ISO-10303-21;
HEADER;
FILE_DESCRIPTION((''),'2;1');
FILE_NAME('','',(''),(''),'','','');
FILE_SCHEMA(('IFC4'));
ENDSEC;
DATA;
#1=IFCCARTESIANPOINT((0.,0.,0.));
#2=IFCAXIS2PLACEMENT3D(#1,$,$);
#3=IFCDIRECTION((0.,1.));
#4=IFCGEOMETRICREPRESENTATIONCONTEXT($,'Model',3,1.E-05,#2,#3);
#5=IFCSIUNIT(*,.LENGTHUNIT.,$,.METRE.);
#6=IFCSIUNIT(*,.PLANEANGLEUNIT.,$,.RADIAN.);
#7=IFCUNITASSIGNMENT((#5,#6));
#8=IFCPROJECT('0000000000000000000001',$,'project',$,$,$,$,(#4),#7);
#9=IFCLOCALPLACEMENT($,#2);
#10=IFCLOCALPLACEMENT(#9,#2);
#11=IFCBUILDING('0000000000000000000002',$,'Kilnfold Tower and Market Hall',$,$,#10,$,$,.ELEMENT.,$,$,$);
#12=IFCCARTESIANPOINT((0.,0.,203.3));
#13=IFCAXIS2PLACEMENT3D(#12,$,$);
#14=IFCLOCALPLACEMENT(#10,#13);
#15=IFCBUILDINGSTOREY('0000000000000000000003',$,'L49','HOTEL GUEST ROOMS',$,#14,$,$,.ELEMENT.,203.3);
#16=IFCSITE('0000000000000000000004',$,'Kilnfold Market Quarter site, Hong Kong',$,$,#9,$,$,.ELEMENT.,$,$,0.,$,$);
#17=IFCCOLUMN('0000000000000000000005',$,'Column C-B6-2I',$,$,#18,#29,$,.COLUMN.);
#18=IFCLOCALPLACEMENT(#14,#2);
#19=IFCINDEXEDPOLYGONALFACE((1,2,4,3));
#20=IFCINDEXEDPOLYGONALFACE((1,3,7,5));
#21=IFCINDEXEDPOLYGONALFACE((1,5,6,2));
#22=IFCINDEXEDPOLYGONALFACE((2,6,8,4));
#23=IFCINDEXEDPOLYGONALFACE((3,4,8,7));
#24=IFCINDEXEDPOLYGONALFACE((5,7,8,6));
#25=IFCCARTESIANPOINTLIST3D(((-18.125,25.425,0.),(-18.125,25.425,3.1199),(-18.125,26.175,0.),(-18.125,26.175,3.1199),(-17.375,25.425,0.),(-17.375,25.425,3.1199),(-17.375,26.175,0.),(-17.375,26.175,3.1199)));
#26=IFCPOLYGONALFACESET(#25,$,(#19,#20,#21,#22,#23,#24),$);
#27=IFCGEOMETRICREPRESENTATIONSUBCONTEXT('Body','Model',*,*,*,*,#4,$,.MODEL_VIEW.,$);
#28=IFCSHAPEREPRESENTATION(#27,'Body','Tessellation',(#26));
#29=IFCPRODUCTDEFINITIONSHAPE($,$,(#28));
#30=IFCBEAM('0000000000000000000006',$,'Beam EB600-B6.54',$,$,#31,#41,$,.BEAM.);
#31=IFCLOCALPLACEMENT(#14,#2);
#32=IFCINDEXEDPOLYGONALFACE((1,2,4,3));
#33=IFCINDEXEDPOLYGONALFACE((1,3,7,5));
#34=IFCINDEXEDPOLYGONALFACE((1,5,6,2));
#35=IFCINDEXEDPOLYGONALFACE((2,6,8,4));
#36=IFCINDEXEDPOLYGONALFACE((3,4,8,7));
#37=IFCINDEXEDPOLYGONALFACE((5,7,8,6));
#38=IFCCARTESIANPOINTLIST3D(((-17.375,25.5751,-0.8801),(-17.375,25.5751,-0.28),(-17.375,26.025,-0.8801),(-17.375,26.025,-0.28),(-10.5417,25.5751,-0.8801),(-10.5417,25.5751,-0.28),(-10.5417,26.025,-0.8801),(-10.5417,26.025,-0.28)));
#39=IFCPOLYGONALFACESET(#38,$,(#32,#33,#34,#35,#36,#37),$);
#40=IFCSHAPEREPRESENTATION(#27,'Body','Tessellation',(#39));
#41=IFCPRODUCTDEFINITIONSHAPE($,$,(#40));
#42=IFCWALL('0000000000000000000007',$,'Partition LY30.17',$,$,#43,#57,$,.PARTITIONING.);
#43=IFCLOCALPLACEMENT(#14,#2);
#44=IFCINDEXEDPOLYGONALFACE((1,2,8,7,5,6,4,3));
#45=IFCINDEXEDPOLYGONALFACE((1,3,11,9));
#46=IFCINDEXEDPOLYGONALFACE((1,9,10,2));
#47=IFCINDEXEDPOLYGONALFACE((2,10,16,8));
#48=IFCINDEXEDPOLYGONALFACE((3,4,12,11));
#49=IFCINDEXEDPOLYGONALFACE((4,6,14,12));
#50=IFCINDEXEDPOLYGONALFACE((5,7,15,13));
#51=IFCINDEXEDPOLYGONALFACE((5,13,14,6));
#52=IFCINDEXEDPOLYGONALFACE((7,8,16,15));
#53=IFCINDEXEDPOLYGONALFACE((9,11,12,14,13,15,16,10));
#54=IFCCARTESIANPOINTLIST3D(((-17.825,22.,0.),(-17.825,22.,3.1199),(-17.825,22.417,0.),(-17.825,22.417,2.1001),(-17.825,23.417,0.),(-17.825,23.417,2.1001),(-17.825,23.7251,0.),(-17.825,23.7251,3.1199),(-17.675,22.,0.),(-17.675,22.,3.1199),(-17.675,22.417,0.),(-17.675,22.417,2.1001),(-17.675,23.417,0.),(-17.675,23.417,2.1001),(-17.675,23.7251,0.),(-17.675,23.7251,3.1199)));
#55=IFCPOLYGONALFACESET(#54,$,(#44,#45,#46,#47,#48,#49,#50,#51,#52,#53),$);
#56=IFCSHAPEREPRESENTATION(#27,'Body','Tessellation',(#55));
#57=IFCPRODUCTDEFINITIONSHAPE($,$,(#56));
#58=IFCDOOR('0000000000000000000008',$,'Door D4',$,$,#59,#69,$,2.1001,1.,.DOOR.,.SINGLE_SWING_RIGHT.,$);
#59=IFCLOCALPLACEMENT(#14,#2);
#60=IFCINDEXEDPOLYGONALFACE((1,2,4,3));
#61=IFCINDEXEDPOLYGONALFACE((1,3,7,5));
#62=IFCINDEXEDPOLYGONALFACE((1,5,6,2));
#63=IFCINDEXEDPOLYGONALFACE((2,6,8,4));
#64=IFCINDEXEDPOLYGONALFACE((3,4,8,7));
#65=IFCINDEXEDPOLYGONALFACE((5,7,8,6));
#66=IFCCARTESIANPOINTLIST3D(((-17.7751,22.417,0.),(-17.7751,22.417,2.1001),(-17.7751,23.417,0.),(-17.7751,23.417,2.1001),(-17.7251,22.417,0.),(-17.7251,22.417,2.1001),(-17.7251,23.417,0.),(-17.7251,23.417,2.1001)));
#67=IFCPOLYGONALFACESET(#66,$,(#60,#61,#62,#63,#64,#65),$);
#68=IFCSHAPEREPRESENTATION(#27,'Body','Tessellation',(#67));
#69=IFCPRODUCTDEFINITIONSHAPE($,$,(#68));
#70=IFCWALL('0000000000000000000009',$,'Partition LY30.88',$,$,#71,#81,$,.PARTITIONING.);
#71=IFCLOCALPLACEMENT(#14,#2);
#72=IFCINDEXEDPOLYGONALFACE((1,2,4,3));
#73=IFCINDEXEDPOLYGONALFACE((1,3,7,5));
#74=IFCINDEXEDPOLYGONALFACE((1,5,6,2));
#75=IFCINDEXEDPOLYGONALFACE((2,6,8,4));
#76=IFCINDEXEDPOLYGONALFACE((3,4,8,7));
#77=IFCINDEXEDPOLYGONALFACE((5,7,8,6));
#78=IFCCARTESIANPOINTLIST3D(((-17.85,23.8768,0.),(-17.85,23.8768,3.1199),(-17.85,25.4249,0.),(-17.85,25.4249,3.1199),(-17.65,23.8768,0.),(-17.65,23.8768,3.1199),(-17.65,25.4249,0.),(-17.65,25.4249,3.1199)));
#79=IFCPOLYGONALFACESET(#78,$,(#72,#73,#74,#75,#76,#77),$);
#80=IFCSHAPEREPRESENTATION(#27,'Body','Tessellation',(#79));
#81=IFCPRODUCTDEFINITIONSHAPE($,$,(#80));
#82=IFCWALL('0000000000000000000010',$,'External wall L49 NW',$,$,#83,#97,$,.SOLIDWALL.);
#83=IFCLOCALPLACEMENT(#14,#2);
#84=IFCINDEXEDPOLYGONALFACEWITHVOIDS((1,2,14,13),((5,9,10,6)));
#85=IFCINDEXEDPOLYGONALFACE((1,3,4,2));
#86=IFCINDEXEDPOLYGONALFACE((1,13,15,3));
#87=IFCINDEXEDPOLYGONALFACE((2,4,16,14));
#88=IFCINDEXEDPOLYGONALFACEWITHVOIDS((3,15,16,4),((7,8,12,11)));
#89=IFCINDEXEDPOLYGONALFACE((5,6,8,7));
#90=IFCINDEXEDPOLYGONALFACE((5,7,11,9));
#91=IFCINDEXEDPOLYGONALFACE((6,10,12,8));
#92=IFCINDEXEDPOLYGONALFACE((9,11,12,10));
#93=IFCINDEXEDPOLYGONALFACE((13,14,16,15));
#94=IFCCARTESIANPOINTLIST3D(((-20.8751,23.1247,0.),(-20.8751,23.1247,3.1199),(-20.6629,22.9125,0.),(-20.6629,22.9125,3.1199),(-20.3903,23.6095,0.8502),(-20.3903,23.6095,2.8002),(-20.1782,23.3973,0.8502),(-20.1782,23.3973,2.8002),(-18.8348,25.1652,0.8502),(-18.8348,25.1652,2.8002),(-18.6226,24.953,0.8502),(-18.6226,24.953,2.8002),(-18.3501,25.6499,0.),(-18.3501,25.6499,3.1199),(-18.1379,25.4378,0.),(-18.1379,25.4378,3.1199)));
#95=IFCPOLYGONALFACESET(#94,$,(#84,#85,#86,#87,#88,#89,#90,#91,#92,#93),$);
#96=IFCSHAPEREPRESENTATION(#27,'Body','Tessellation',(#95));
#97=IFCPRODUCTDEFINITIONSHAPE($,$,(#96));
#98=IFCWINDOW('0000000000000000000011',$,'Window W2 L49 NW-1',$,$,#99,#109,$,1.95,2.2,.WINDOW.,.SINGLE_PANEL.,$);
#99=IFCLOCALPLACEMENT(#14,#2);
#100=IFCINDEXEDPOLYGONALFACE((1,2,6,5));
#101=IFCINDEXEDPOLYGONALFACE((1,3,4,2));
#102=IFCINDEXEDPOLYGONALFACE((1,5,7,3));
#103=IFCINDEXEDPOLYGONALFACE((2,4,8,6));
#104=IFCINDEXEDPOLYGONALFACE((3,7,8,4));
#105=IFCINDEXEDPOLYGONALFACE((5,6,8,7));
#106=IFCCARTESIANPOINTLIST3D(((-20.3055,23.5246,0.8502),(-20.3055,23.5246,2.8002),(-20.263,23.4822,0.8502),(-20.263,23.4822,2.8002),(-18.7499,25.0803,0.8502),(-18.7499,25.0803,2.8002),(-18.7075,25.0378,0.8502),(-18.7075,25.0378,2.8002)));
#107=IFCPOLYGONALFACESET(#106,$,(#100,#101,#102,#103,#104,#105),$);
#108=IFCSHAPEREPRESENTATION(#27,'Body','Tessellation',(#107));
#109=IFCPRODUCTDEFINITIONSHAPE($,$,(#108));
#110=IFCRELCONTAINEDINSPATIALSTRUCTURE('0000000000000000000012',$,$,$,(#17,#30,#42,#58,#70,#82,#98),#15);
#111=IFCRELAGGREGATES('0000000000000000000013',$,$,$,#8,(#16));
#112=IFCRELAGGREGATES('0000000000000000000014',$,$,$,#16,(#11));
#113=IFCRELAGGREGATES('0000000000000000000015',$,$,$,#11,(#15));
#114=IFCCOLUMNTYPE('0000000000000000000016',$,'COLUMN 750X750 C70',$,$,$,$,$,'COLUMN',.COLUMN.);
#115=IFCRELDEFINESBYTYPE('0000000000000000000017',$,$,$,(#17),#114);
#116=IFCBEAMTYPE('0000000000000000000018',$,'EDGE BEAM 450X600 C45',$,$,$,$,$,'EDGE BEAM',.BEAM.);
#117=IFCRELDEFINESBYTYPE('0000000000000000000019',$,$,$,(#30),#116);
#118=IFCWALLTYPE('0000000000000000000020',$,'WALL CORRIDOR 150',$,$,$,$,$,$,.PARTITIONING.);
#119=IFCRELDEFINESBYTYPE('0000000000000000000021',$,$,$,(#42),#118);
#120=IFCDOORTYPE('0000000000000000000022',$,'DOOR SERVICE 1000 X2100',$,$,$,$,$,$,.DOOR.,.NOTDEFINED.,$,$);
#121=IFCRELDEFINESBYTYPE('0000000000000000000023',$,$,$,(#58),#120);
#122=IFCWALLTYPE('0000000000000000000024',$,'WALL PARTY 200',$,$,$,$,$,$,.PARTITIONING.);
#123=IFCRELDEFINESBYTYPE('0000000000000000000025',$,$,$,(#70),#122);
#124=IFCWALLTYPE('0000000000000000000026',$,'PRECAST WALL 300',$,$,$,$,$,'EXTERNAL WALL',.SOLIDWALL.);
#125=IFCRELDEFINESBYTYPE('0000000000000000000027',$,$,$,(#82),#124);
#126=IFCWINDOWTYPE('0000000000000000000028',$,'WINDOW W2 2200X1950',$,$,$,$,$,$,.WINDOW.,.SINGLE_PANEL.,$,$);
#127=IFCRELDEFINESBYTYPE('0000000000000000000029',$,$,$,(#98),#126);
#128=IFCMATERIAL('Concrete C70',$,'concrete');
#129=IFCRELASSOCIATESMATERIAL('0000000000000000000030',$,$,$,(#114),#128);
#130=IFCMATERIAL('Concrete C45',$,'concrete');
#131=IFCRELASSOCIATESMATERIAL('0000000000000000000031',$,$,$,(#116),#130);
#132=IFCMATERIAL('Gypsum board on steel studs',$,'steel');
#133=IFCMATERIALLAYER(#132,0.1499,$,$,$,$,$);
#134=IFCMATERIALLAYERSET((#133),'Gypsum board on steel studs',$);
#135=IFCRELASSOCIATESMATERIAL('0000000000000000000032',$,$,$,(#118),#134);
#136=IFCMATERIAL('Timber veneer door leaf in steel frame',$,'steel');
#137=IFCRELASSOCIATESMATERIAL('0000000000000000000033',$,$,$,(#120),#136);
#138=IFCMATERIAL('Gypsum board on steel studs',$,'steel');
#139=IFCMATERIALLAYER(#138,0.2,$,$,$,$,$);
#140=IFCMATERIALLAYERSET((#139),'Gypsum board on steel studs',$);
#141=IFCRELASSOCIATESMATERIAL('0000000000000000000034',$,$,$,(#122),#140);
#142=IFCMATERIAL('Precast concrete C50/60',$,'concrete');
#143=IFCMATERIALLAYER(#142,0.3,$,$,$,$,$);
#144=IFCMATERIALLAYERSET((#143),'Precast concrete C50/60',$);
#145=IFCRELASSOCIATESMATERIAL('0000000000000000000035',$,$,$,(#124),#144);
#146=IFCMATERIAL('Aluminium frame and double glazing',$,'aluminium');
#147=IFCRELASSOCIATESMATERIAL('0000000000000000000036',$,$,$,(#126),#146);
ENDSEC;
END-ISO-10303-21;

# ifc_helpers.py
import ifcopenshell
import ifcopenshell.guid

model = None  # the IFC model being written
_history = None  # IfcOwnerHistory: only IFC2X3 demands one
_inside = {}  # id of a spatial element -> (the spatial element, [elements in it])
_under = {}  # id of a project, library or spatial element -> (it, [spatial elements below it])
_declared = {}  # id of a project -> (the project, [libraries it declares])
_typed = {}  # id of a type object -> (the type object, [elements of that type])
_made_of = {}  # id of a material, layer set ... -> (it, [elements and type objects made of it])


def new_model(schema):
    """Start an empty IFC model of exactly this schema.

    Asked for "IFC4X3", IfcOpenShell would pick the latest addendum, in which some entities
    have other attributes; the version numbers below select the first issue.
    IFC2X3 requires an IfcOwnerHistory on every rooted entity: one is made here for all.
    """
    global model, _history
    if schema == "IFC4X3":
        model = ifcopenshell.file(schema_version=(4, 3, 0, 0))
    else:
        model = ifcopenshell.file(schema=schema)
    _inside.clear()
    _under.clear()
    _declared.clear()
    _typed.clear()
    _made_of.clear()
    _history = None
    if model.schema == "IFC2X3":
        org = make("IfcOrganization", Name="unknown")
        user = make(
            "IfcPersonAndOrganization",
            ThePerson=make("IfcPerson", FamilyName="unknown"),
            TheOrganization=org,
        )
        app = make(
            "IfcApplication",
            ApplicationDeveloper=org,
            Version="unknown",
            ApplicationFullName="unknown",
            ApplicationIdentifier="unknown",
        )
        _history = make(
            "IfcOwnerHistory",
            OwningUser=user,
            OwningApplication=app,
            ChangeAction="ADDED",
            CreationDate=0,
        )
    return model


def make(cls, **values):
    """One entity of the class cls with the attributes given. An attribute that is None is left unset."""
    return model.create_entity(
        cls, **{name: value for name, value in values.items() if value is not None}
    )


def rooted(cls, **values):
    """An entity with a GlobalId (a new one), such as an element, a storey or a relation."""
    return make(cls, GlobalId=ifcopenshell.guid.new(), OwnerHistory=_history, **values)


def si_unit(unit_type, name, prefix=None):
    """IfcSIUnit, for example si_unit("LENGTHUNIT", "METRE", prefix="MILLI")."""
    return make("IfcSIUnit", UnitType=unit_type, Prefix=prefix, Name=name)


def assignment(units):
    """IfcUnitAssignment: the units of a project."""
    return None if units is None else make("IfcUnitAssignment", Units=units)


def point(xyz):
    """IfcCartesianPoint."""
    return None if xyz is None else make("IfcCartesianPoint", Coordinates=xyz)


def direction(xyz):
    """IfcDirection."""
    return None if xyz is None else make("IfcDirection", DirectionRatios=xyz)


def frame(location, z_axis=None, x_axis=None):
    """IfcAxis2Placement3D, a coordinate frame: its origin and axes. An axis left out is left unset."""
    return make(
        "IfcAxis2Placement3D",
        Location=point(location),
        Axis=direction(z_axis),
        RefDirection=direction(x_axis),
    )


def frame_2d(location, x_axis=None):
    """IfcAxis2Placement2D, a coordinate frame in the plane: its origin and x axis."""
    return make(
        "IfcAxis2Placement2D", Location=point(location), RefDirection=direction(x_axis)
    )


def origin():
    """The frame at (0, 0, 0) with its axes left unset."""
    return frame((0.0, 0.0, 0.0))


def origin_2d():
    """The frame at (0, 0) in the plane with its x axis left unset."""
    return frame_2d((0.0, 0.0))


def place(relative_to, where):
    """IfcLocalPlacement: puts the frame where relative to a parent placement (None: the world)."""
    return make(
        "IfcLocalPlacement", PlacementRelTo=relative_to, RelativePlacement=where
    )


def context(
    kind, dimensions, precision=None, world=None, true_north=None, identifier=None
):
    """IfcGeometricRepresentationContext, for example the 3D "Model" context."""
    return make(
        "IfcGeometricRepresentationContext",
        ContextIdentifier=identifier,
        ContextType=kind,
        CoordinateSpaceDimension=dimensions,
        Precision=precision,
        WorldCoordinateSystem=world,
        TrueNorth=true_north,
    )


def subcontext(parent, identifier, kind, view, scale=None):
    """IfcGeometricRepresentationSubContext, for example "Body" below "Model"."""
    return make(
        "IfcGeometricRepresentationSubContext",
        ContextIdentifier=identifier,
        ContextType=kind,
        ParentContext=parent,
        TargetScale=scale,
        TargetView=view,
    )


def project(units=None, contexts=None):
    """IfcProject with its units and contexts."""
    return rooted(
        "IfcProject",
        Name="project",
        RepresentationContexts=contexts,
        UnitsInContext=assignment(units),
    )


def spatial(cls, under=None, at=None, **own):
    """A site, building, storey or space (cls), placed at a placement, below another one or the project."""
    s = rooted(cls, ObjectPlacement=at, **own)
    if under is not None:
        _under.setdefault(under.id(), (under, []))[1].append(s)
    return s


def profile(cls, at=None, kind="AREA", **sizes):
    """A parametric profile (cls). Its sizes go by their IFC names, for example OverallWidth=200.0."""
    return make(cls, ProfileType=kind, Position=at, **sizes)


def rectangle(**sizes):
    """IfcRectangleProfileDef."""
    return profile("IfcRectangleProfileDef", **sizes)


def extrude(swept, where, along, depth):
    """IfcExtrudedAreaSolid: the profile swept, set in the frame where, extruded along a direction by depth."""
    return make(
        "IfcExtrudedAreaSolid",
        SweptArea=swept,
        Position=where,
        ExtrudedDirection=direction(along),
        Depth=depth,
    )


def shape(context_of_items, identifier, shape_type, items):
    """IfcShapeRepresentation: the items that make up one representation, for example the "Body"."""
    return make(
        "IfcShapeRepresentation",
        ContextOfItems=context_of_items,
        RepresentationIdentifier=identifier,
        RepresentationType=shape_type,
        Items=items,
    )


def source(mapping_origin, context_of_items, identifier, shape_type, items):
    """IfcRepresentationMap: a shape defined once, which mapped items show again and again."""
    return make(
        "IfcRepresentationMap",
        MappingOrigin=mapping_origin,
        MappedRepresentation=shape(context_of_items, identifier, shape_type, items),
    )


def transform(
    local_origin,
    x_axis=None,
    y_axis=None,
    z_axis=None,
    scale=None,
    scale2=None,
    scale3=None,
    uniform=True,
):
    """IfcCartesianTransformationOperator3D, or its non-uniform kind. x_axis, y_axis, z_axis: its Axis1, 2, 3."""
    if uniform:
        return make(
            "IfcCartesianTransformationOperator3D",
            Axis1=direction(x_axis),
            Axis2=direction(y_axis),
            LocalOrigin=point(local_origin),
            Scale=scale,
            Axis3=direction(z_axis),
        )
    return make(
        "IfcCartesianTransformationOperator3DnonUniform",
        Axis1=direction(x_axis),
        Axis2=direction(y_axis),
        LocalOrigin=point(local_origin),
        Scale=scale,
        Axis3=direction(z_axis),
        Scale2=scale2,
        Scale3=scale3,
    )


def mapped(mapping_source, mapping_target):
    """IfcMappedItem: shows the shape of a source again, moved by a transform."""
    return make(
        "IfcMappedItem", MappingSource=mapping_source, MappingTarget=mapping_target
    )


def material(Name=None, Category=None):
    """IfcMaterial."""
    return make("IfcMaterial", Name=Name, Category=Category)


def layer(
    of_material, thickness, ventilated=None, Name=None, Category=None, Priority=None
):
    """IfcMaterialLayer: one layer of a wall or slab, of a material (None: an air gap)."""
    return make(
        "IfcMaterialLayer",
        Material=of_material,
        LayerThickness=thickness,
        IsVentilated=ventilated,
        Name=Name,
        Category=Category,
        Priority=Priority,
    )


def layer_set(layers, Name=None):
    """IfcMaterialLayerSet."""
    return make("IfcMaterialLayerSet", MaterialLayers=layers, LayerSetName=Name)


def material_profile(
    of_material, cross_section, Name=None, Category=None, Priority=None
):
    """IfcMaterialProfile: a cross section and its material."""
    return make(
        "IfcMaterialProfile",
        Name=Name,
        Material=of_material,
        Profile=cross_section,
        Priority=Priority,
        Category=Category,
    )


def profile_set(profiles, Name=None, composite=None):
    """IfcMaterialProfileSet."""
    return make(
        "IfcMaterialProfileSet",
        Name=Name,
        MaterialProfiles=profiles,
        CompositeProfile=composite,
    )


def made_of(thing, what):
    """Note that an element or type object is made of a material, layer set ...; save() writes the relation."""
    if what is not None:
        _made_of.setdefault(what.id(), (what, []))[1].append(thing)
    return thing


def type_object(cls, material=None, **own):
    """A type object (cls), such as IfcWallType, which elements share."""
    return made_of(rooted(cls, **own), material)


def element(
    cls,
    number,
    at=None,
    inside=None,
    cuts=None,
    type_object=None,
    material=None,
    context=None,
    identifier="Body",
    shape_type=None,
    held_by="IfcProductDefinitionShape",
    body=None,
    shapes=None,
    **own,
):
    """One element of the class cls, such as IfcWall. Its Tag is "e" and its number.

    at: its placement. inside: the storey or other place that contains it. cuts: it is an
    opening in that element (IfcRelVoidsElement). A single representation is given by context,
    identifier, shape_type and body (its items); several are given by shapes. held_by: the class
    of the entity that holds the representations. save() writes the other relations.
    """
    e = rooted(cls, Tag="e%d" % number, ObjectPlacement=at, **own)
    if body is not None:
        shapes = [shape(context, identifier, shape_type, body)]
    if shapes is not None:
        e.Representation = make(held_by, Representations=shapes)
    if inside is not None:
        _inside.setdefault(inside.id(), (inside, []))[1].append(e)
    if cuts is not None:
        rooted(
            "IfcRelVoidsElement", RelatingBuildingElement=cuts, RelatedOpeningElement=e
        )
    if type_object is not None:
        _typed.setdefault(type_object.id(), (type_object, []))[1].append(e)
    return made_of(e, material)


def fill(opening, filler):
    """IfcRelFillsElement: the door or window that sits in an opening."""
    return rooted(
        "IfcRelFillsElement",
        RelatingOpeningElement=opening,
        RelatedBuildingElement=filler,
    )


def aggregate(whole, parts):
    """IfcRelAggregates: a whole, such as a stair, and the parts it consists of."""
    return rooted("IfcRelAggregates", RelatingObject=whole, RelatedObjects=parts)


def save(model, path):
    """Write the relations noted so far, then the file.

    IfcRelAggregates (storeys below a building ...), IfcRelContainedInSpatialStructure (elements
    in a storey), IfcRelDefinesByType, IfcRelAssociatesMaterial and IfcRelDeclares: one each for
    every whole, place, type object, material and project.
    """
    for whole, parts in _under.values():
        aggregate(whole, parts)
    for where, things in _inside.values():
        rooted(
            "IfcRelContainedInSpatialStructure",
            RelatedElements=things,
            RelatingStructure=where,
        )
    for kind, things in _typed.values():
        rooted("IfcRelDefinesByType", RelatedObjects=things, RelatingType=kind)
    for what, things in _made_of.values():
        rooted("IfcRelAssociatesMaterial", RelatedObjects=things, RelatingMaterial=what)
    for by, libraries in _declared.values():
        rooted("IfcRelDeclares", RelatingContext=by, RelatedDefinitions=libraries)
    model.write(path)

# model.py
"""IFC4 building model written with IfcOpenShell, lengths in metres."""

from ifc_helpers import new_model, si_unit, direction, frame, frame_2d, origin, origin_2d, place, context, subcontext, project, spatial, rectangle, extrude, source, transform, mapped, material, layer, layer_set, material_profile, profile_set, type_object, element, fill, save


model = new_model("IFC4")

# Units and contexts
model_context = context("Model", 3, precision=1e-05, world=origin(), true_north=direction((0.0, 1.0)))
body_context = subcontext(model_context, "Body", "Model", "MODEL_VIEW")
ifc_project = project(units=[si_unit("LENGTHUNIT", "METRE"), si_unit("PLANEANGLEUNIT", "RADIAN")], contexts=[model_context])

# Site, building, storey
site_placement = place(None, origin())
site = spatial("IfcSite", under=ifc_project, at=site_placement, Name="Kilnfold Market Quarter site, Hong Kong", CompositionType="ELEMENT", RefElevation=0.0)
building_placement = place(site_placement, origin())
building = spatial("IfcBuilding", under=site, at=building_placement, Name="Kilnfold Tower and Market Hall", CompositionType="ELEMENT")
storey_placement = place(building_placement, frame((0.0, 0.0, 203.3)))
storey = spatial("IfcBuildingStorey", under=building, at=storey_placement, Name="L49", Description="HOTEL GUEST ROOMS", CompositionType="ELEMENT", Elevation=203.3)

# Column
ifc_material_1 = material(Name="Concrete C70", Category="concrete")
ifc_material_profile_1 = material_profile(ifc_material_1, rectangle(XDim=0.75, YDim=0.75, at=origin_2d()), Name="RC 750x750")
ifc_profile_set_1 = profile_set([ifc_material_profile_1], Name="Concrete C70")
column_type = type_object("IfcColumnType", Name="COLUMN 750X750 C70", ElementType="COLUMN", PredefinedType="COLUMN", material=ifc_profile_set_1)
shared_shape_1 = source(origin(), body_context, "Body", "SweptSolid", [
    extrude(rectangle(XDim=0.75, YDim=0.75, at=origin_2d()), origin(), (0.0, 0.0, 1.0), 3.1199),
])
column_placement = place(storey_placement, frame((-17.75, 25.8, 0.0), z_axis=(0.0, 0.0, 1.0), x_axis=(1.0, 0.0, 0.0)))
element("IfcColumn", 1, at=column_placement, inside=storey, type_object=column_type, Name="Column C-B6-2I", PredefinedType="COLUMN", context=body_context, shape_type="MappedRepresentation", body=[
    mapped(shared_shape_1, transform((0.0, 0.0, 0.0))),
])

# Beam
ifc_material_2 = material(Name="Concrete C45", Category="concrete")
ifc_material_profile_2 = material_profile(ifc_material_2, rectangle(XDim=0.45, YDim=0.6001, at=origin_2d()), Name="RC 450x600")
ifc_profile_set_2 = profile_set([ifc_material_profile_2], Name="Concrete C45")
beam_type = type_object("IfcBeamType", Name="EDGE BEAM 450X600 C45", ElementType="EDGE BEAM", PredefinedType="BEAM", material=ifc_profile_set_2)
shared_shape_2 = source(origin(), body_context, "Body", "SweptSolid", [
    extrude(rectangle(XDim=0.45, YDim=0.6001, at=origin_2d()), origin(), (0.0, 0.0, 1.0), 6.8333),
])
beam_placement = place(storey_placement, frame((-17.375, 25.8, -0.5801), z_axis=(1.0, 0.0, 0.0), x_axis=(0.0, 1.0, 0.0)))
element("IfcBeam", 2, at=beam_placement, inside=storey, type_object=beam_type, Name="Beam EB600-B6.54", PredefinedType="BEAM", context=body_context, shape_type="MappedRepresentation", body=[
    mapped(shared_shape_2, transform((0.0, 0.0, 0.0))),
])

# Wall, opening, door
ifc_material_3 = material(Name="Gypsum board on steel studs", Category="steel")
ifc_layer_1 = layer(ifc_material_3, 0.1499)
ifc_layer_set_1 = layer_set([ifc_layer_1], Name="Gypsum board on steel studs")
wall_type_1 = type_object("IfcWallType", Name="WALL CORRIDOR 150", PredefinedType="PARTITIONING", material=ifc_layer_set_1)
wall_1_placement = place(storey_placement, frame((-17.75, 23.7251, 0.0), z_axis=(0.0, 0.0, 1.0), x_axis=(0.0, -1.0, 0.0)))
wall_1 = element("IfcWall", 3, at=wall_1_placement, inside=storey, type_object=wall_type_1, Name="Partition LY30.17", PredefinedType="PARTITIONING", context=body_context, shape_type="SweptSolid", body=[
    extrude(rectangle(XDim=1.7251, YDim=0.1499, at=frame_2d((0.8625, 0.0))), origin(), (0.0, 0.0, 1.0), 3.1199),
])
opening_1_placement = place(wall_1_placement, frame((0.3081, 0.0, 0.0)))
opening_1 = element("IfcOpeningElement", 4, at=opening_1_placement, cuts=wall_1, PredefinedType="OPENING", context=body_context, shape_type="SweptSolid", body=[
    extrude(rectangle(XDim=1.0, YDim=2.1001, at=frame_2d((0.5, 1.05))), frame((0.0, 0.085, 0.0), z_axis=(0.0, -1.0, 0.0), x_axis=(1.0, 0.0, 0.0)), (0.0, 0.0, 1.0), 0.1699),
])
ifc_material_4 = material(Name="Timber veneer door leaf in steel frame", Category="steel")
door_type_1 = type_object("IfcDoorType", Name="DOOR SERVICE 1000 X2100", OperationType="NOTDEFINED", PredefinedType="DOOR", material=ifc_material_4)
door_1_placement = place(opening_1_placement, origin())
door_1 = element("IfcDoor", 5, at=door_1_placement, inside=storey, type_object=door_type_1, Name="Door D4", OperationType="SINGLE_SWING_RIGHT", OverallHeight=2.1001, OverallWidth=1.0, PredefinedType="DOOR", context=body_context, shape_type="SweptSolid", body=[
    extrude(rectangle(XDim=1.0, YDim=2.1001, at=frame_2d((0.5, 1.05))), frame((0.0, 0.0249, 0.0), z_axis=(0.0, -1.0, 0.0), x_axis=(1.0, 0.0, 0.0)), (0.0, 0.0, 1.0), 0.05),
])
fill(opening_1, door_1)

# Wall
ifc_material_5 = material(Name="Gypsum board on steel studs", Category="steel")
ifc_layer_2 = layer(ifc_material_5, 0.2)
ifc_layer_set_2 = layer_set([ifc_layer_2], Name="Gypsum board on steel studs")
wall_type_2 = type_object("IfcWallType", Name="WALL PARTY 200", PredefinedType="PARTITIONING", material=ifc_layer_set_2)
wall_2_placement = place(storey_placement, frame((-17.75, 23.877, 0.0), z_axis=(0.0, 0.0, 1.0), x_axis=(0.0, 1.0, 0.0)))
element("IfcWall", 6, at=wall_2_placement, inside=storey, type_object=wall_type_2, Name="Partition LY30.88", PredefinedType="PARTITIONING", context=body_context, shape_type="SweptSolid", body=[
    extrude(rectangle(XDim=1.5481, YDim=0.2, at=frame_2d((0.7739, 0.0))), origin(), (0.0, 0.0, 1.0), 3.1199),
])

# Wall, opening, window
ifc_material_6 = material(Name="Precast concrete C50/60", Category="concrete")
ifc_layer_3 = layer(ifc_material_6, 0.3)
ifc_layer_set_3 = layer_set([ifc_layer_3], Name="Precast concrete C50/60")
wall_type_3 = type_object("IfcWallType", Name="PRECAST WALL 300", ElementType="EXTERNAL WALL", PredefinedType="SOLIDWALL", material=ifc_layer_set_3)
shared_shape_3 = source(origin(), body_context, "Body", "SweptSolid", [
    extrude(rectangle(XDim=3.571, YDim=0.3, at=frame_2d((1.7856, 0.0))), origin(), (0.0, 0.0, 1.0), 3.1199),
])
wall_3_placement = place(storey_placement, frame((-18.2439, 25.5439, 0.0), z_axis=(0.0, 0.0, 1.0), x_axis=(-0.707073, -0.707141, 0.0)))
wall_3 = element("IfcWall", 7, at=wall_3_placement, inside=storey, type_object=wall_type_3, Name="External wall L49 NW", PredefinedType="SOLIDWALL", context=body_context, shape_type="MappedRepresentation", body=[
    mapped(shared_shape_3, transform((0.0, 0.0, 0.0))),
])
opening_2_placement = place(wall_3_placement, frame((0.6855, 0.0, 0.8501)))
opening_2 = element("IfcOpeningElement", 8, at=opening_2_placement, cuts=wall_3, PredefinedType="OPENING", context=body_context, shape_type="SweptSolid", body=[
    extrude(rectangle(XDim=2.2, YDim=1.95, at=frame_2d((1.1001, 0.9751))), frame((0.0, 0.1602, 0.0), z_axis=(0.0, -1.0, 0.0), x_axis=(1.0, 0.0, 0.0)), (0.0, 0.0, 1.0), 0.3201),
])
ifc_material_7 = material(Name="Aluminium frame and double glazing", Category="aluminium")
window_type = type_object("IfcWindowType", Name="WINDOW W2 2200X1950", PartitioningType="SINGLE_PANEL", PredefinedType="WINDOW", material=ifc_material_7)
window_placement = place(opening_2_placement, origin())
window = element("IfcWindow", 9, at=window_placement, inside=storey, type_object=window_type, Name="Window W2 L49 NW-1", OverallHeight=1.95, OverallWidth=2.2, PartitioningType="SINGLE_PANEL", PredefinedType="WINDOW", context=body_context, shape_type="SweptSolid", body=[
    extrude(rectangle(XDim=2.2, YDim=1.95, at=frame_2d((1.1001, 0.9751))), frame((0.0, 0.03, 0.0), z_axis=(0.0, -1.0, 0.0), x_axis=(1.0, 0.0, 0.0)), (0.0, 0.0, 1.0), 0.0601),
])
fill(opening_2, window)

save(model, "model.ifc")
